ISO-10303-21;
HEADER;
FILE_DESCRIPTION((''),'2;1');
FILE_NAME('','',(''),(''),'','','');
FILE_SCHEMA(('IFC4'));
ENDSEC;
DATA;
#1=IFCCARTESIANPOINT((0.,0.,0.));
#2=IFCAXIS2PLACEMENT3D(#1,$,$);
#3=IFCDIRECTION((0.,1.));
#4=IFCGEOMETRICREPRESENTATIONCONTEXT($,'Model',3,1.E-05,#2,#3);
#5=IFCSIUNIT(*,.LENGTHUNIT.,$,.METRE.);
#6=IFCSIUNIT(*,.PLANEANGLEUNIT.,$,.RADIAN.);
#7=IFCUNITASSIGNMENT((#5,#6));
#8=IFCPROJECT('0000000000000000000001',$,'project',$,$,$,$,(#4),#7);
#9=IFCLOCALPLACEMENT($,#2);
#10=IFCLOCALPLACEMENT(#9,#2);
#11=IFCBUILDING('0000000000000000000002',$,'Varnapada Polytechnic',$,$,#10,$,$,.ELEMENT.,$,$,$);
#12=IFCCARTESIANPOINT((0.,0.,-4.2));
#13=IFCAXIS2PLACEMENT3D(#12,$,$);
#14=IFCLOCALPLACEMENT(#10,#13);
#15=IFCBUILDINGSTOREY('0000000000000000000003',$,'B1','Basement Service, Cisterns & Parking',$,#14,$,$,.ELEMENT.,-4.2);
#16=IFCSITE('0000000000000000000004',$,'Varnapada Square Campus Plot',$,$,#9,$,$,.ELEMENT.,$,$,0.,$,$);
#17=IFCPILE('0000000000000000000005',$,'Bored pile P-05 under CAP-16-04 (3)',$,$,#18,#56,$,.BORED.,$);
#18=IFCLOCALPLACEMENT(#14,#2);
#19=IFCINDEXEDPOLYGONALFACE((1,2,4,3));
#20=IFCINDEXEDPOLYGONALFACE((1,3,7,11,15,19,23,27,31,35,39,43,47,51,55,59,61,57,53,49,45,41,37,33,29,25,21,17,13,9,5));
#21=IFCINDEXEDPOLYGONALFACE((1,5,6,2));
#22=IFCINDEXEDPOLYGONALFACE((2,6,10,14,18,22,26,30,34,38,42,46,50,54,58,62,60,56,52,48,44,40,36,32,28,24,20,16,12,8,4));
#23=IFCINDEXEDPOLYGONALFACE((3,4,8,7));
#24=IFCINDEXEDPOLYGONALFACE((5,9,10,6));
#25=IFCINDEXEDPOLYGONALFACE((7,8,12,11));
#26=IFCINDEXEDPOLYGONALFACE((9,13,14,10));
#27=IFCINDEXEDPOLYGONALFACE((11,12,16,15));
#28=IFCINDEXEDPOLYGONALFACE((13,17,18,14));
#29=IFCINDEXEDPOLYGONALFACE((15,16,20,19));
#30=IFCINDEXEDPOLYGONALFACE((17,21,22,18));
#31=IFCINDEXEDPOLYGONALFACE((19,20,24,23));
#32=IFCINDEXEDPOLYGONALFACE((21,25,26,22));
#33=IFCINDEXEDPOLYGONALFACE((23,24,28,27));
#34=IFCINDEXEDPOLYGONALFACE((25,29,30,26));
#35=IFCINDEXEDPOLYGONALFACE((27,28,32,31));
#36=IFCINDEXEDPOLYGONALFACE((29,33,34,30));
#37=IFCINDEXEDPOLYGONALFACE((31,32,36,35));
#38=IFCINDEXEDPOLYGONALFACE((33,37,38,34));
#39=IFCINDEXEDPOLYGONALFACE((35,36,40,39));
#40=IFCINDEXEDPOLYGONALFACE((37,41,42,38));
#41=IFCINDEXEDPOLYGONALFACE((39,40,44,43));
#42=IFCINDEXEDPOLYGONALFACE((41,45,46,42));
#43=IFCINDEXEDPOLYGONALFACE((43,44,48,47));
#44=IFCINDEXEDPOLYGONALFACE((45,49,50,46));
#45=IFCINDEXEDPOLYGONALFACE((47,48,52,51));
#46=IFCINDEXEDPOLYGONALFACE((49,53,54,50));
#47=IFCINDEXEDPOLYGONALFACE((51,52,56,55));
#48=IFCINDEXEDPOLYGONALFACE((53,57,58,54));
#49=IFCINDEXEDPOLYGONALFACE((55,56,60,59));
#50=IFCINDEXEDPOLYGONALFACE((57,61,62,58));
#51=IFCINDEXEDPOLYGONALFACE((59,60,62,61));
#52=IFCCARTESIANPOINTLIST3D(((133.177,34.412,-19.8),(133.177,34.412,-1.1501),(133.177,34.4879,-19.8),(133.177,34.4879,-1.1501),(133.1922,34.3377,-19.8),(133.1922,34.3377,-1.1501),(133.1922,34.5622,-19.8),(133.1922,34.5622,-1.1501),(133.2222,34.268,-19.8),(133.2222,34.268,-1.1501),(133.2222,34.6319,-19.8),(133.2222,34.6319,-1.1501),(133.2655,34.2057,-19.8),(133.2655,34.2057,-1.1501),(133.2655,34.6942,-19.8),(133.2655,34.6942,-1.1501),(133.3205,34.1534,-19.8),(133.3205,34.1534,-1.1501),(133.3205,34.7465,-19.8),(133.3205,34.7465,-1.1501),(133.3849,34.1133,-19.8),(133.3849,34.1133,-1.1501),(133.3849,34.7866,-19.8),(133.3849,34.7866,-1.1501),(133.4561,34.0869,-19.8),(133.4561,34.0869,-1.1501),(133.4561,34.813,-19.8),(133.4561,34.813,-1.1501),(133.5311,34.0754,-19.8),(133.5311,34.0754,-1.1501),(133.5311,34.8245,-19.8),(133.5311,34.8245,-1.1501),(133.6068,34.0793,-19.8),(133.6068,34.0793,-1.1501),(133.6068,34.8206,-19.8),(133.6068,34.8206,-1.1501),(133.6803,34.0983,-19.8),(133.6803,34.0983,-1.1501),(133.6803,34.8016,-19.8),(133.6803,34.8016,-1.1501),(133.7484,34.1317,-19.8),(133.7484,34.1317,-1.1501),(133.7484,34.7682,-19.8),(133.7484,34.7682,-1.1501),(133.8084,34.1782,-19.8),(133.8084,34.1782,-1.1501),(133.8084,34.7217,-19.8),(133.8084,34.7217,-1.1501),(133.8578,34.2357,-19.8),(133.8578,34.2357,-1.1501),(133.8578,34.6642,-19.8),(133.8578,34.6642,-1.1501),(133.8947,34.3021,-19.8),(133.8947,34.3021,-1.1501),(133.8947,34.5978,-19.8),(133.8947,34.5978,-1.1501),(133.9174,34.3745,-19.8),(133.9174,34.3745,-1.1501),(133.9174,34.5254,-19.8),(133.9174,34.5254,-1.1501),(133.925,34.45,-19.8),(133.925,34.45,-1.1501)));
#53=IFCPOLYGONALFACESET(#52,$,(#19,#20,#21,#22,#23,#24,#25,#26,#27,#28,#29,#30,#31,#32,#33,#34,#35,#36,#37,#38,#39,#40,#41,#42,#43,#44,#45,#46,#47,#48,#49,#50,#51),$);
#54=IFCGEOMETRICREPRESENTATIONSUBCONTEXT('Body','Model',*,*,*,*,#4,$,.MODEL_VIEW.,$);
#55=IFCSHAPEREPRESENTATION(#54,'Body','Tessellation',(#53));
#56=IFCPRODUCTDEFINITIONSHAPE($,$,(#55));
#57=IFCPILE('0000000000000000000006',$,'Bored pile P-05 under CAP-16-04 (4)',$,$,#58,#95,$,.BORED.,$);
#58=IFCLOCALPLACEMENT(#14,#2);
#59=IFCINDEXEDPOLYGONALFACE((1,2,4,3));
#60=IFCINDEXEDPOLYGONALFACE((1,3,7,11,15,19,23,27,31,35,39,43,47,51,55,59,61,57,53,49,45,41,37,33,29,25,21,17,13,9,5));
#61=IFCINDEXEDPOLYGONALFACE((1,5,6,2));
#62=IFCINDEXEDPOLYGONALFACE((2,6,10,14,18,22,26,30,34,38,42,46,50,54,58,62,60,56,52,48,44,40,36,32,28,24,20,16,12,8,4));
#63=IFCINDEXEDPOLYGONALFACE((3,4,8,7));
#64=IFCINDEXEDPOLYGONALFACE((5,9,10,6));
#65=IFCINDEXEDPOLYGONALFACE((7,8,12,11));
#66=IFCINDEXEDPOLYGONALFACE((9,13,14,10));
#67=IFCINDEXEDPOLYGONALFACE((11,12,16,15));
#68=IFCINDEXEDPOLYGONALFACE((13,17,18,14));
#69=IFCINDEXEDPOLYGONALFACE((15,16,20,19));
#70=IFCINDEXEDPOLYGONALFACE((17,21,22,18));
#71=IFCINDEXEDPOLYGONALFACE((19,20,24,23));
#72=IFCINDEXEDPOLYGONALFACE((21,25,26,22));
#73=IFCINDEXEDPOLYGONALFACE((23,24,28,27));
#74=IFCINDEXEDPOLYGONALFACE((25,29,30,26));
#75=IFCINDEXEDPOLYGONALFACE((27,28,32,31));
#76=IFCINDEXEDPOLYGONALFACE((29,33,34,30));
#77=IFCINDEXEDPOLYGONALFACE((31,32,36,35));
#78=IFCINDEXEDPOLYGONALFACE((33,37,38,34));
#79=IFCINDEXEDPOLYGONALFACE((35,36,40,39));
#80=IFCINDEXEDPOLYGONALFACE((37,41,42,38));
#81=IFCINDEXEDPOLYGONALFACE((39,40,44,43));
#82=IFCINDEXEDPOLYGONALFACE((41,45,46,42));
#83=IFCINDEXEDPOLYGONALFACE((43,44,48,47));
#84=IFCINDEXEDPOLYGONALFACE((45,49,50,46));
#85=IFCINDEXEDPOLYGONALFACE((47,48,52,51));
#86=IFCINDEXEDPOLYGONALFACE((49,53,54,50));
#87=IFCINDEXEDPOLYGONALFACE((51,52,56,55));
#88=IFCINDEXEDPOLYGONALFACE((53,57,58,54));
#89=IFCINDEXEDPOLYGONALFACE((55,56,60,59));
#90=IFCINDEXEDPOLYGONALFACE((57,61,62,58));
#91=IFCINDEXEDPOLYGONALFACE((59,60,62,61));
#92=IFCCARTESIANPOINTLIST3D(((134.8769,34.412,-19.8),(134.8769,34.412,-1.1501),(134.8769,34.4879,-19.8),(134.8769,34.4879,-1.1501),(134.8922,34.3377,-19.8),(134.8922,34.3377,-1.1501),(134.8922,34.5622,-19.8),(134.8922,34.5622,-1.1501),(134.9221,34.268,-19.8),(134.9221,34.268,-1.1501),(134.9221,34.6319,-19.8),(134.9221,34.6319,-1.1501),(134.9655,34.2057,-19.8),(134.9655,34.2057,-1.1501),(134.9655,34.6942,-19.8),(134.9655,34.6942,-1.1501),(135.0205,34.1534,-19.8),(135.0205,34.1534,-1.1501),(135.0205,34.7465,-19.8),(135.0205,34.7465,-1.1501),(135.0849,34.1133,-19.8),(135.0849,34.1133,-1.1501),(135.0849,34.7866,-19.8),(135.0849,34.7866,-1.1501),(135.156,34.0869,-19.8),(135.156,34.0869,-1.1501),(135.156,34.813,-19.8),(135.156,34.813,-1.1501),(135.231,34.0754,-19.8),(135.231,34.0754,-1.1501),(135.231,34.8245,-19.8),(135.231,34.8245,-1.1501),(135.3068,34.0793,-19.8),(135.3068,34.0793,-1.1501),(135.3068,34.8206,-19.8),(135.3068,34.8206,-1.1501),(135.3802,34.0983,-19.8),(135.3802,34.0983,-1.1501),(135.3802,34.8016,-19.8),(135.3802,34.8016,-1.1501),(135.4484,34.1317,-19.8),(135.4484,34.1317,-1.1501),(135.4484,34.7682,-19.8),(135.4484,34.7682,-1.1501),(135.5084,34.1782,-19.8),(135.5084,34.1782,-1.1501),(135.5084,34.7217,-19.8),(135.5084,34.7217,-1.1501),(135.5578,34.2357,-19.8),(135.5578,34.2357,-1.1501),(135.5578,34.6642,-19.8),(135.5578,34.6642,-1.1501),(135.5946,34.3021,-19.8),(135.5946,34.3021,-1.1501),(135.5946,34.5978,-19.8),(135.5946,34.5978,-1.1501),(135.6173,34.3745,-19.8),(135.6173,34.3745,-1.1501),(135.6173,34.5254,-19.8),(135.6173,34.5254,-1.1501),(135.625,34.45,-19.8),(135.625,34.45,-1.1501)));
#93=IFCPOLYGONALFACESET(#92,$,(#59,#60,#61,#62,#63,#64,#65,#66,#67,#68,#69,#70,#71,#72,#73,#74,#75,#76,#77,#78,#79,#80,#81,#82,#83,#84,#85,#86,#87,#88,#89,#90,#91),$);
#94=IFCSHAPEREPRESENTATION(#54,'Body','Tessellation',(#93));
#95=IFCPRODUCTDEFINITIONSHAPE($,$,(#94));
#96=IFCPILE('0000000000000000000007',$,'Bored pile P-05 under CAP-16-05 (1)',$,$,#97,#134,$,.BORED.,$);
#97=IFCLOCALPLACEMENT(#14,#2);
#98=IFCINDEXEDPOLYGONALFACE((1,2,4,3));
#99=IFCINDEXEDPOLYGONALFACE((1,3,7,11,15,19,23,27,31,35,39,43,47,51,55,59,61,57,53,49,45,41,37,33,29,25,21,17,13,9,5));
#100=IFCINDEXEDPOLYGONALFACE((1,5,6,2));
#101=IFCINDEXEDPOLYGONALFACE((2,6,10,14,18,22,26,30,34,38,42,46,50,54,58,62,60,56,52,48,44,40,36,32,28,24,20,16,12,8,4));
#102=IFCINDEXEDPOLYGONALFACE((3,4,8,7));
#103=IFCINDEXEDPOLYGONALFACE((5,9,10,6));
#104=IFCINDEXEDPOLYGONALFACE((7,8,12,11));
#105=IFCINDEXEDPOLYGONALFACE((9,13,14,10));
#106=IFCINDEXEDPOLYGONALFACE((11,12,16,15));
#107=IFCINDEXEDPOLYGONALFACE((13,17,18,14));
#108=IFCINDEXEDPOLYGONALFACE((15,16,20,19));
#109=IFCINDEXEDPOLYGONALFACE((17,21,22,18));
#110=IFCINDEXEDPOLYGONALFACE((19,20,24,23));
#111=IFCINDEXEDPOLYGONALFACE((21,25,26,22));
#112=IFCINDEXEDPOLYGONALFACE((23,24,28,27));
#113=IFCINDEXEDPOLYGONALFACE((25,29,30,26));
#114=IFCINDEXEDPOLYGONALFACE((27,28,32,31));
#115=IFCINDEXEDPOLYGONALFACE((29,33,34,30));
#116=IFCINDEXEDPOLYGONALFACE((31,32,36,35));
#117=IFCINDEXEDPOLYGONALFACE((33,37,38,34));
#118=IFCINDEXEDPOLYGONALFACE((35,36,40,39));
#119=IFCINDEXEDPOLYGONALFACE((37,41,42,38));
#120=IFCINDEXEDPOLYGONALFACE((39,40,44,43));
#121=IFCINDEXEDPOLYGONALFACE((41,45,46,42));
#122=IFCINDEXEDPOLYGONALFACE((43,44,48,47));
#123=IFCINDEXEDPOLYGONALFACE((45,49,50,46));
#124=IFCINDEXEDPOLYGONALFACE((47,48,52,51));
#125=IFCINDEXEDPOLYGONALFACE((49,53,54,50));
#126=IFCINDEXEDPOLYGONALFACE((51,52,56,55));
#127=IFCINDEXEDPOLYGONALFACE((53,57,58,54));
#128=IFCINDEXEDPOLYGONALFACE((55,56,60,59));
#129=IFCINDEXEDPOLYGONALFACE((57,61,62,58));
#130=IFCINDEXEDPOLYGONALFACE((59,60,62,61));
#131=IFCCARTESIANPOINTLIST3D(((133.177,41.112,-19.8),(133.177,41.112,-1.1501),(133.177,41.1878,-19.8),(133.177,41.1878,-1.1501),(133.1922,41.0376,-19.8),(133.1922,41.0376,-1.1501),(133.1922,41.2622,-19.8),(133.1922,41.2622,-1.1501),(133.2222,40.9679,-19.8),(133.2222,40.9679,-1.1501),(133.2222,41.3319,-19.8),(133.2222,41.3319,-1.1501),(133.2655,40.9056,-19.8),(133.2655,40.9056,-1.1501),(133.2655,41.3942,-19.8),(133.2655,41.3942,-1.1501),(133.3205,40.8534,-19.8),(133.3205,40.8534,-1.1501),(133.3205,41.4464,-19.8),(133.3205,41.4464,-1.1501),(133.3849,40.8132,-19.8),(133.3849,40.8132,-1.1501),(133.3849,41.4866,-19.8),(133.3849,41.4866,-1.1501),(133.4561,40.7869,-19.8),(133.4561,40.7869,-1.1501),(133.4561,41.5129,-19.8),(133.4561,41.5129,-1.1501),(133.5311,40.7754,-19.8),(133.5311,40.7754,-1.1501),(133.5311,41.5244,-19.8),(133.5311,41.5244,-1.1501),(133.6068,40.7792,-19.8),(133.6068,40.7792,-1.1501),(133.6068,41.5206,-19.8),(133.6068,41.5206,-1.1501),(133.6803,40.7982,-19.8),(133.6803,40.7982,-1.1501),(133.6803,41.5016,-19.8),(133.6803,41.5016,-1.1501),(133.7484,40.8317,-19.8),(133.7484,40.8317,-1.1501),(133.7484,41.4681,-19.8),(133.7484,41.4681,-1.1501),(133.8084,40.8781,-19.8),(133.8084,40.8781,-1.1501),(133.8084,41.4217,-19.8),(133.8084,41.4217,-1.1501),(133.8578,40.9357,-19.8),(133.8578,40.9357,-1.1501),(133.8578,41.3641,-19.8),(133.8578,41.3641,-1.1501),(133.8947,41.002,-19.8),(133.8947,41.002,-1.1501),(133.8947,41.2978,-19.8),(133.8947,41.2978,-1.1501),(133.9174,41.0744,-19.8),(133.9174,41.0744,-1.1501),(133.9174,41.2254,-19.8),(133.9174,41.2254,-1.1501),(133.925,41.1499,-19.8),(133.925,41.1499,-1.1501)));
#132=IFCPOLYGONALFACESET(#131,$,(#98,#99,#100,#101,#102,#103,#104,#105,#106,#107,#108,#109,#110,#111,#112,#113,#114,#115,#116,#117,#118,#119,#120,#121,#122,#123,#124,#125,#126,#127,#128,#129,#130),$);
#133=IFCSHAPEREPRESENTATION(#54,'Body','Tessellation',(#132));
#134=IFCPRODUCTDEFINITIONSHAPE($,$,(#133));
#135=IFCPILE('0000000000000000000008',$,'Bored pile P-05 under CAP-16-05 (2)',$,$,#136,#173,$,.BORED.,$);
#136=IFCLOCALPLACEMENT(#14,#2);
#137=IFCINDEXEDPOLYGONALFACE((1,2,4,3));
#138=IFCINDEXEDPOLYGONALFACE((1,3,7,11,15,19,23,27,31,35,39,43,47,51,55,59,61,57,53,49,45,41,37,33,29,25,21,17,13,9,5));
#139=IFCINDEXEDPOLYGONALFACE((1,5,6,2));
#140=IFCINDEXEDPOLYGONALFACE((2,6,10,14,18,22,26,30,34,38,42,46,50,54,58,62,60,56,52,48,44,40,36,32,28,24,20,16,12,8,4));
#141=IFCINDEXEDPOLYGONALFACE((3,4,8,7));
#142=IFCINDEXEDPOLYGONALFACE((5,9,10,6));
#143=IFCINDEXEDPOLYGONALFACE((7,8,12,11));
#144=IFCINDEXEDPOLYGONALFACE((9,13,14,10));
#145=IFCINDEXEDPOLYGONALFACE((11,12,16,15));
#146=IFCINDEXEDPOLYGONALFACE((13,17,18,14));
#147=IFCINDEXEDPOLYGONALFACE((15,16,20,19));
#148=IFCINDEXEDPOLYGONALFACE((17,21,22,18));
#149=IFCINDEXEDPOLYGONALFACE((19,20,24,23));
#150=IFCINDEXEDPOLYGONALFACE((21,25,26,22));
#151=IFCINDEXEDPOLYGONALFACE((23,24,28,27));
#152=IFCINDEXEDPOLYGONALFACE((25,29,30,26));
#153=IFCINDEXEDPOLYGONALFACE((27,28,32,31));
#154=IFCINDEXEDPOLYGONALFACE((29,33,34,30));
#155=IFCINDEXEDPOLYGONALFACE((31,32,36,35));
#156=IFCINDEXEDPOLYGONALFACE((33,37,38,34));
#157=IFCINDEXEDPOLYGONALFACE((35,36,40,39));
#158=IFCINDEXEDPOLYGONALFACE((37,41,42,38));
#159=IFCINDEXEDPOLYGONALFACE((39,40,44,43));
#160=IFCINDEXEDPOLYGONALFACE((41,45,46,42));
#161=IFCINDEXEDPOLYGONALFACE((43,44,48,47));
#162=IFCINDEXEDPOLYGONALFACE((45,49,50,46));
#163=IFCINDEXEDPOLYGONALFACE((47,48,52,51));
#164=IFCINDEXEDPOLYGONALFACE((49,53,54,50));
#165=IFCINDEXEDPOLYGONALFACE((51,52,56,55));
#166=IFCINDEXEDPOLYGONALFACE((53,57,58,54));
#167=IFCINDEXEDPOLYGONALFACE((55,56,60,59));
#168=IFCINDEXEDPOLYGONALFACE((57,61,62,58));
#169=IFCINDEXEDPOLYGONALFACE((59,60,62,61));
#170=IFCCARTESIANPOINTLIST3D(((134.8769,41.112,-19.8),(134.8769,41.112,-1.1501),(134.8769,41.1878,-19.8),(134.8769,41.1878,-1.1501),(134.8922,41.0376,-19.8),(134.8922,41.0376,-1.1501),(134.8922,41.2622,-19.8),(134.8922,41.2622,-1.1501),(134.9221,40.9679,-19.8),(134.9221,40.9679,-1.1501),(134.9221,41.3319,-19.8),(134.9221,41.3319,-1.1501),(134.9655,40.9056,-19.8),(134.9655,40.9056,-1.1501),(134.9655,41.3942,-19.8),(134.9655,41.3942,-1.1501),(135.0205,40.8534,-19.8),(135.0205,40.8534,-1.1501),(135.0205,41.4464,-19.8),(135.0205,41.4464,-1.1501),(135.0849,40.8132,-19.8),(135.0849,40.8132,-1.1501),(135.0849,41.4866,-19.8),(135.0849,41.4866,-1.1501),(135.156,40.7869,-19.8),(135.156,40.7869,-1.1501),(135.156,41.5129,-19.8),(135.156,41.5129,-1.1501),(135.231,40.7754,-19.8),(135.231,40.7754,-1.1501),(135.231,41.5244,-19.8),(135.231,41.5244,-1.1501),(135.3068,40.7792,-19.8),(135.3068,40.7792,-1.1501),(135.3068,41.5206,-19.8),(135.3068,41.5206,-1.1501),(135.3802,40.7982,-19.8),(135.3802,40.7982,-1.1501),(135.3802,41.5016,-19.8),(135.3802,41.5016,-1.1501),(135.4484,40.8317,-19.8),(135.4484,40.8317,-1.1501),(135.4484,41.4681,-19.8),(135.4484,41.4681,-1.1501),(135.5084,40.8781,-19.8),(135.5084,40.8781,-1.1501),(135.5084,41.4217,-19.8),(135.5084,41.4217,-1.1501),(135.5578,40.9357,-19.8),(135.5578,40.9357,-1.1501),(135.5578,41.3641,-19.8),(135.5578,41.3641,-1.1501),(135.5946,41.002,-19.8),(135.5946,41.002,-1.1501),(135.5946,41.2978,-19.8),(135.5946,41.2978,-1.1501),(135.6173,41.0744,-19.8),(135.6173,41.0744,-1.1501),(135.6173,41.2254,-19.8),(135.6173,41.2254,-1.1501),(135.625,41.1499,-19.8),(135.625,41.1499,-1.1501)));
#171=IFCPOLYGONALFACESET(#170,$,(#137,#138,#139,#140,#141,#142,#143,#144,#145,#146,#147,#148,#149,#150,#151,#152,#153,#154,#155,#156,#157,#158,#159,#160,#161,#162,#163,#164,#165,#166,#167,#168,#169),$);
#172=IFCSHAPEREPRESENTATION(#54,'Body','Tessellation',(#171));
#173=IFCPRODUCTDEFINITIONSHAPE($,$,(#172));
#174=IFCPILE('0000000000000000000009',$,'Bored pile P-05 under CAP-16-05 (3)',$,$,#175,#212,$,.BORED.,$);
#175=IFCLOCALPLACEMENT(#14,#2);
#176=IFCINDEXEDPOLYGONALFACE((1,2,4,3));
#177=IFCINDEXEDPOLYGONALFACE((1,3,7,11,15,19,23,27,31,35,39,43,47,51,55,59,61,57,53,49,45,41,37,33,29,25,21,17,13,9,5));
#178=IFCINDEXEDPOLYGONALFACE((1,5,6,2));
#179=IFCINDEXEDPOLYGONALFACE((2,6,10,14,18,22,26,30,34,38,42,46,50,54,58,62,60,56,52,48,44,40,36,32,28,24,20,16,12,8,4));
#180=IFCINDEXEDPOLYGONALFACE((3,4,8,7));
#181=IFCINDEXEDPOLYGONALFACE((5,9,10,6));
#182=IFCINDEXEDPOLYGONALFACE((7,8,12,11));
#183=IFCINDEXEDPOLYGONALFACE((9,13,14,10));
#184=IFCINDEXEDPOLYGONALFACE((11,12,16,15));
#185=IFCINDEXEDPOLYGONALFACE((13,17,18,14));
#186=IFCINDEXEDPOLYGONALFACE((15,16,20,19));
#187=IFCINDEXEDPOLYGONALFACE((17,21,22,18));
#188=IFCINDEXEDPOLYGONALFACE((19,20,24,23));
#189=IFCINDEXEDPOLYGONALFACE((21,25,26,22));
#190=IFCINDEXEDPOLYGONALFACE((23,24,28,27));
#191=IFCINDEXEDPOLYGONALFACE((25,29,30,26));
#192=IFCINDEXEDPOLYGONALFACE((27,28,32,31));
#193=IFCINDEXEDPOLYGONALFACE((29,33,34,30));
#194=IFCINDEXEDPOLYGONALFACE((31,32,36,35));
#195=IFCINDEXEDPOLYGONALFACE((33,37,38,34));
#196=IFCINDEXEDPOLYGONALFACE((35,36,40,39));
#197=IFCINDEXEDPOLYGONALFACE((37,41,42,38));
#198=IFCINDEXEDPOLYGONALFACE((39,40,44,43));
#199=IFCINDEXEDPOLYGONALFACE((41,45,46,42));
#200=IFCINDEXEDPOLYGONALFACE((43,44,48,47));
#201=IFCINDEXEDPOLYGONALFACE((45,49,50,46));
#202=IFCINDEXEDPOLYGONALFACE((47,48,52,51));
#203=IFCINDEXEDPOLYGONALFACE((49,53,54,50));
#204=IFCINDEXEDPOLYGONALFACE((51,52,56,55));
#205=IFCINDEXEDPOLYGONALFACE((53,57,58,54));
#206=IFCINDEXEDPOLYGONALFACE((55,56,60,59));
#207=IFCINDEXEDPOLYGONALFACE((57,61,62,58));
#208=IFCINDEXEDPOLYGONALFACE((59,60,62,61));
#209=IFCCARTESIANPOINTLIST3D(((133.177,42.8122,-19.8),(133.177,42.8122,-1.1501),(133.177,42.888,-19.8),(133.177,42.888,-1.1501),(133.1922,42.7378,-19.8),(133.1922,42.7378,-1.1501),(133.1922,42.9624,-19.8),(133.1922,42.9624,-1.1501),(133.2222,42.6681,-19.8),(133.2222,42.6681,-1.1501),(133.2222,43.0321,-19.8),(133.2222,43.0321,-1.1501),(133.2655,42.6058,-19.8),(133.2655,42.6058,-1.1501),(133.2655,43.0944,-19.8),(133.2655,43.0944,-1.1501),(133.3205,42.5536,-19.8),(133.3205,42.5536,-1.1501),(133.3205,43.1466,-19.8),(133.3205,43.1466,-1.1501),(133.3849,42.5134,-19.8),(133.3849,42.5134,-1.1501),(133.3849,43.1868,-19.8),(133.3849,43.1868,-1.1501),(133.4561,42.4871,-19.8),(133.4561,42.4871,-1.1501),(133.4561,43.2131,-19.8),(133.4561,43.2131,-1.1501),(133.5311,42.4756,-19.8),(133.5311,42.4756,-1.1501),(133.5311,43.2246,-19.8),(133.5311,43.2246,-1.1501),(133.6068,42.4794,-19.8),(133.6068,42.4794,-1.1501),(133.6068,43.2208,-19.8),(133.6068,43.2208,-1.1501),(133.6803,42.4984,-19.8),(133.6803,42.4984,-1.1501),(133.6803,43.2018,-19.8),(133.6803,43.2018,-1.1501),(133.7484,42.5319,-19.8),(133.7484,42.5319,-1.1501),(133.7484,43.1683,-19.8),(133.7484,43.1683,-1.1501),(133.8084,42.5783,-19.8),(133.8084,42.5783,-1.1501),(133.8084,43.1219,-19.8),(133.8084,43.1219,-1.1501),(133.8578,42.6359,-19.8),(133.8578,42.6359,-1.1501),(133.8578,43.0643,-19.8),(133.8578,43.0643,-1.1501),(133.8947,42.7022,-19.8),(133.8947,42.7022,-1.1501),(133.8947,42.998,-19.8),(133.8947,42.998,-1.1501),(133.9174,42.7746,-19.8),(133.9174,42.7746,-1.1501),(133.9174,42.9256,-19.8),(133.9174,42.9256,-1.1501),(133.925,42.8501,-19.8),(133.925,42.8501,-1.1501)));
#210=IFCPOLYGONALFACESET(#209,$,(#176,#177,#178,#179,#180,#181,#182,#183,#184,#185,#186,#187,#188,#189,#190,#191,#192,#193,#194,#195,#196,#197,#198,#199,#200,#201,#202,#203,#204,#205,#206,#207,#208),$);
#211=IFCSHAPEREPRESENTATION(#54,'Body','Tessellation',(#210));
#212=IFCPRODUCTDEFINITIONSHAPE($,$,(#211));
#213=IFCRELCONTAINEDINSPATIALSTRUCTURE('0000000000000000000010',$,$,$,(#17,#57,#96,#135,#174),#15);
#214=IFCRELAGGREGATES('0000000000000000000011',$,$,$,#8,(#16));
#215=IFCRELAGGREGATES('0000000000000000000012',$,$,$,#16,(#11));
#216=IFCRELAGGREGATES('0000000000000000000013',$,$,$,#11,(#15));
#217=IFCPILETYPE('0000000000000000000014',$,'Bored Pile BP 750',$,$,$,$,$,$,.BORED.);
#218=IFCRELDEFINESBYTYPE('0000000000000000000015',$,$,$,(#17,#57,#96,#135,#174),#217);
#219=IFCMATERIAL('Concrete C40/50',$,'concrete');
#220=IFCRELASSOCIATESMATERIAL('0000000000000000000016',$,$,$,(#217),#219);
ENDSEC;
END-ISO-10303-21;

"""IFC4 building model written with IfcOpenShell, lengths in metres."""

from ifc_helpers import new_model, si_unit, direction, frame, origin, origin_2d, place, context, subcontext, project, spatial, circle, extrude, material, material_profile, profile_set, type_object, element, save


model = new_model("IFC4")

# Units and contexts
model_context = context("Model", 3, precision=1e-05, world=origin(), true_north=direction((0.0, 1.0)))
body_context = subcontext(model_context, "Body", "Model", "MODEL_VIEW")
ifc_project = project(units=[si_unit("LENGTHUNIT", "METRE"), si_unit("PLANEANGLEUNIT", "RADIAN")], contexts=[model_context])

# Site, building, storey
site_placement = place(None, origin())
site = spatial("IfcSite", under=ifc_project, at=site_placement, Name="Varnapada Square Campus Plot", CompositionType="ELEMENT", RefElevation=0.0)
building_placement = place(site_placement, origin())
building = spatial("IfcBuilding", under=site, at=building_placement, Name="Varnapada Polytechnic", CompositionType="ELEMENT")
storey_placement = place(building_placement, frame((0.0, 0.0, -4.2)))
storey = spatial("IfcBuildingStorey", under=building, at=storey_placement, Name="B1", Description="Basement Service, Cisterns & Parking", CompositionType="ELEMENT", Elevation=-4.2)

# Piles
ifc_material_1 = material(Name="Concrete C40/50", Category="concrete")
ifc_material_profile_1 = material_profile(ifc_material_1, circle(Radius=0.375, at=origin_2d()), Name="BP 750")
ifc_profile_set_1 = profile_set([ifc_material_profile_1], Name="Concrete C40/50")
pile_type_1 = type_object("IfcPileType", Name="Bored Pile BP 750", PredefinedType="BORED", material=ifc_profile_set_1)
for number, where, z_axis, x_axis, name in (
    (1, (133.55, 34.45, -1.1501), (0.0, 0.0, -1.0), (1.0, 0.0, 0.0), "Bored pile P-05 under CAP-16-04 (3)"),
    (2, (135.25, 34.45, -1.1501), (0.0, 0.0, -1.0), (1.0, 0.0, 0.0), "Bored pile P-05 under CAP-16-04 (4)"),
    (3, (133.55, 41.1499, -1.1501), (0.0, 0.0, -1.0), (1.0, 0.0, 0.0), "Bored pile P-05 under CAP-16-05 (1)"),
    (4, (135.25, 41.1499, -1.1501), (0.0, 0.0, -1.0), (1.0, 0.0, 0.0), "Bored pile P-05 under CAP-16-05 (2)"),
    (5, (133.55, 42.8501, -1.1501), (0.0, 0.0, -1.0), (1.0, 0.0, 0.0), "Bored pile P-05 under CAP-16-05 (3)"),
):
    element("IfcPile", number, at=place(storey_placement, frame(where, z_axis=z_axis, x_axis=x_axis)), inside=storey, type_object=pile_type_1, Name=name, PredefinedType="BORED", context=body_context, shape_type="SweptSolid", body=[
        extrude(circle(Radius=0.375, at=origin_2d()), origin(), (0.0, 0.0, 1.0), 18.6499),
    ])

save(model, "model.ifc")
